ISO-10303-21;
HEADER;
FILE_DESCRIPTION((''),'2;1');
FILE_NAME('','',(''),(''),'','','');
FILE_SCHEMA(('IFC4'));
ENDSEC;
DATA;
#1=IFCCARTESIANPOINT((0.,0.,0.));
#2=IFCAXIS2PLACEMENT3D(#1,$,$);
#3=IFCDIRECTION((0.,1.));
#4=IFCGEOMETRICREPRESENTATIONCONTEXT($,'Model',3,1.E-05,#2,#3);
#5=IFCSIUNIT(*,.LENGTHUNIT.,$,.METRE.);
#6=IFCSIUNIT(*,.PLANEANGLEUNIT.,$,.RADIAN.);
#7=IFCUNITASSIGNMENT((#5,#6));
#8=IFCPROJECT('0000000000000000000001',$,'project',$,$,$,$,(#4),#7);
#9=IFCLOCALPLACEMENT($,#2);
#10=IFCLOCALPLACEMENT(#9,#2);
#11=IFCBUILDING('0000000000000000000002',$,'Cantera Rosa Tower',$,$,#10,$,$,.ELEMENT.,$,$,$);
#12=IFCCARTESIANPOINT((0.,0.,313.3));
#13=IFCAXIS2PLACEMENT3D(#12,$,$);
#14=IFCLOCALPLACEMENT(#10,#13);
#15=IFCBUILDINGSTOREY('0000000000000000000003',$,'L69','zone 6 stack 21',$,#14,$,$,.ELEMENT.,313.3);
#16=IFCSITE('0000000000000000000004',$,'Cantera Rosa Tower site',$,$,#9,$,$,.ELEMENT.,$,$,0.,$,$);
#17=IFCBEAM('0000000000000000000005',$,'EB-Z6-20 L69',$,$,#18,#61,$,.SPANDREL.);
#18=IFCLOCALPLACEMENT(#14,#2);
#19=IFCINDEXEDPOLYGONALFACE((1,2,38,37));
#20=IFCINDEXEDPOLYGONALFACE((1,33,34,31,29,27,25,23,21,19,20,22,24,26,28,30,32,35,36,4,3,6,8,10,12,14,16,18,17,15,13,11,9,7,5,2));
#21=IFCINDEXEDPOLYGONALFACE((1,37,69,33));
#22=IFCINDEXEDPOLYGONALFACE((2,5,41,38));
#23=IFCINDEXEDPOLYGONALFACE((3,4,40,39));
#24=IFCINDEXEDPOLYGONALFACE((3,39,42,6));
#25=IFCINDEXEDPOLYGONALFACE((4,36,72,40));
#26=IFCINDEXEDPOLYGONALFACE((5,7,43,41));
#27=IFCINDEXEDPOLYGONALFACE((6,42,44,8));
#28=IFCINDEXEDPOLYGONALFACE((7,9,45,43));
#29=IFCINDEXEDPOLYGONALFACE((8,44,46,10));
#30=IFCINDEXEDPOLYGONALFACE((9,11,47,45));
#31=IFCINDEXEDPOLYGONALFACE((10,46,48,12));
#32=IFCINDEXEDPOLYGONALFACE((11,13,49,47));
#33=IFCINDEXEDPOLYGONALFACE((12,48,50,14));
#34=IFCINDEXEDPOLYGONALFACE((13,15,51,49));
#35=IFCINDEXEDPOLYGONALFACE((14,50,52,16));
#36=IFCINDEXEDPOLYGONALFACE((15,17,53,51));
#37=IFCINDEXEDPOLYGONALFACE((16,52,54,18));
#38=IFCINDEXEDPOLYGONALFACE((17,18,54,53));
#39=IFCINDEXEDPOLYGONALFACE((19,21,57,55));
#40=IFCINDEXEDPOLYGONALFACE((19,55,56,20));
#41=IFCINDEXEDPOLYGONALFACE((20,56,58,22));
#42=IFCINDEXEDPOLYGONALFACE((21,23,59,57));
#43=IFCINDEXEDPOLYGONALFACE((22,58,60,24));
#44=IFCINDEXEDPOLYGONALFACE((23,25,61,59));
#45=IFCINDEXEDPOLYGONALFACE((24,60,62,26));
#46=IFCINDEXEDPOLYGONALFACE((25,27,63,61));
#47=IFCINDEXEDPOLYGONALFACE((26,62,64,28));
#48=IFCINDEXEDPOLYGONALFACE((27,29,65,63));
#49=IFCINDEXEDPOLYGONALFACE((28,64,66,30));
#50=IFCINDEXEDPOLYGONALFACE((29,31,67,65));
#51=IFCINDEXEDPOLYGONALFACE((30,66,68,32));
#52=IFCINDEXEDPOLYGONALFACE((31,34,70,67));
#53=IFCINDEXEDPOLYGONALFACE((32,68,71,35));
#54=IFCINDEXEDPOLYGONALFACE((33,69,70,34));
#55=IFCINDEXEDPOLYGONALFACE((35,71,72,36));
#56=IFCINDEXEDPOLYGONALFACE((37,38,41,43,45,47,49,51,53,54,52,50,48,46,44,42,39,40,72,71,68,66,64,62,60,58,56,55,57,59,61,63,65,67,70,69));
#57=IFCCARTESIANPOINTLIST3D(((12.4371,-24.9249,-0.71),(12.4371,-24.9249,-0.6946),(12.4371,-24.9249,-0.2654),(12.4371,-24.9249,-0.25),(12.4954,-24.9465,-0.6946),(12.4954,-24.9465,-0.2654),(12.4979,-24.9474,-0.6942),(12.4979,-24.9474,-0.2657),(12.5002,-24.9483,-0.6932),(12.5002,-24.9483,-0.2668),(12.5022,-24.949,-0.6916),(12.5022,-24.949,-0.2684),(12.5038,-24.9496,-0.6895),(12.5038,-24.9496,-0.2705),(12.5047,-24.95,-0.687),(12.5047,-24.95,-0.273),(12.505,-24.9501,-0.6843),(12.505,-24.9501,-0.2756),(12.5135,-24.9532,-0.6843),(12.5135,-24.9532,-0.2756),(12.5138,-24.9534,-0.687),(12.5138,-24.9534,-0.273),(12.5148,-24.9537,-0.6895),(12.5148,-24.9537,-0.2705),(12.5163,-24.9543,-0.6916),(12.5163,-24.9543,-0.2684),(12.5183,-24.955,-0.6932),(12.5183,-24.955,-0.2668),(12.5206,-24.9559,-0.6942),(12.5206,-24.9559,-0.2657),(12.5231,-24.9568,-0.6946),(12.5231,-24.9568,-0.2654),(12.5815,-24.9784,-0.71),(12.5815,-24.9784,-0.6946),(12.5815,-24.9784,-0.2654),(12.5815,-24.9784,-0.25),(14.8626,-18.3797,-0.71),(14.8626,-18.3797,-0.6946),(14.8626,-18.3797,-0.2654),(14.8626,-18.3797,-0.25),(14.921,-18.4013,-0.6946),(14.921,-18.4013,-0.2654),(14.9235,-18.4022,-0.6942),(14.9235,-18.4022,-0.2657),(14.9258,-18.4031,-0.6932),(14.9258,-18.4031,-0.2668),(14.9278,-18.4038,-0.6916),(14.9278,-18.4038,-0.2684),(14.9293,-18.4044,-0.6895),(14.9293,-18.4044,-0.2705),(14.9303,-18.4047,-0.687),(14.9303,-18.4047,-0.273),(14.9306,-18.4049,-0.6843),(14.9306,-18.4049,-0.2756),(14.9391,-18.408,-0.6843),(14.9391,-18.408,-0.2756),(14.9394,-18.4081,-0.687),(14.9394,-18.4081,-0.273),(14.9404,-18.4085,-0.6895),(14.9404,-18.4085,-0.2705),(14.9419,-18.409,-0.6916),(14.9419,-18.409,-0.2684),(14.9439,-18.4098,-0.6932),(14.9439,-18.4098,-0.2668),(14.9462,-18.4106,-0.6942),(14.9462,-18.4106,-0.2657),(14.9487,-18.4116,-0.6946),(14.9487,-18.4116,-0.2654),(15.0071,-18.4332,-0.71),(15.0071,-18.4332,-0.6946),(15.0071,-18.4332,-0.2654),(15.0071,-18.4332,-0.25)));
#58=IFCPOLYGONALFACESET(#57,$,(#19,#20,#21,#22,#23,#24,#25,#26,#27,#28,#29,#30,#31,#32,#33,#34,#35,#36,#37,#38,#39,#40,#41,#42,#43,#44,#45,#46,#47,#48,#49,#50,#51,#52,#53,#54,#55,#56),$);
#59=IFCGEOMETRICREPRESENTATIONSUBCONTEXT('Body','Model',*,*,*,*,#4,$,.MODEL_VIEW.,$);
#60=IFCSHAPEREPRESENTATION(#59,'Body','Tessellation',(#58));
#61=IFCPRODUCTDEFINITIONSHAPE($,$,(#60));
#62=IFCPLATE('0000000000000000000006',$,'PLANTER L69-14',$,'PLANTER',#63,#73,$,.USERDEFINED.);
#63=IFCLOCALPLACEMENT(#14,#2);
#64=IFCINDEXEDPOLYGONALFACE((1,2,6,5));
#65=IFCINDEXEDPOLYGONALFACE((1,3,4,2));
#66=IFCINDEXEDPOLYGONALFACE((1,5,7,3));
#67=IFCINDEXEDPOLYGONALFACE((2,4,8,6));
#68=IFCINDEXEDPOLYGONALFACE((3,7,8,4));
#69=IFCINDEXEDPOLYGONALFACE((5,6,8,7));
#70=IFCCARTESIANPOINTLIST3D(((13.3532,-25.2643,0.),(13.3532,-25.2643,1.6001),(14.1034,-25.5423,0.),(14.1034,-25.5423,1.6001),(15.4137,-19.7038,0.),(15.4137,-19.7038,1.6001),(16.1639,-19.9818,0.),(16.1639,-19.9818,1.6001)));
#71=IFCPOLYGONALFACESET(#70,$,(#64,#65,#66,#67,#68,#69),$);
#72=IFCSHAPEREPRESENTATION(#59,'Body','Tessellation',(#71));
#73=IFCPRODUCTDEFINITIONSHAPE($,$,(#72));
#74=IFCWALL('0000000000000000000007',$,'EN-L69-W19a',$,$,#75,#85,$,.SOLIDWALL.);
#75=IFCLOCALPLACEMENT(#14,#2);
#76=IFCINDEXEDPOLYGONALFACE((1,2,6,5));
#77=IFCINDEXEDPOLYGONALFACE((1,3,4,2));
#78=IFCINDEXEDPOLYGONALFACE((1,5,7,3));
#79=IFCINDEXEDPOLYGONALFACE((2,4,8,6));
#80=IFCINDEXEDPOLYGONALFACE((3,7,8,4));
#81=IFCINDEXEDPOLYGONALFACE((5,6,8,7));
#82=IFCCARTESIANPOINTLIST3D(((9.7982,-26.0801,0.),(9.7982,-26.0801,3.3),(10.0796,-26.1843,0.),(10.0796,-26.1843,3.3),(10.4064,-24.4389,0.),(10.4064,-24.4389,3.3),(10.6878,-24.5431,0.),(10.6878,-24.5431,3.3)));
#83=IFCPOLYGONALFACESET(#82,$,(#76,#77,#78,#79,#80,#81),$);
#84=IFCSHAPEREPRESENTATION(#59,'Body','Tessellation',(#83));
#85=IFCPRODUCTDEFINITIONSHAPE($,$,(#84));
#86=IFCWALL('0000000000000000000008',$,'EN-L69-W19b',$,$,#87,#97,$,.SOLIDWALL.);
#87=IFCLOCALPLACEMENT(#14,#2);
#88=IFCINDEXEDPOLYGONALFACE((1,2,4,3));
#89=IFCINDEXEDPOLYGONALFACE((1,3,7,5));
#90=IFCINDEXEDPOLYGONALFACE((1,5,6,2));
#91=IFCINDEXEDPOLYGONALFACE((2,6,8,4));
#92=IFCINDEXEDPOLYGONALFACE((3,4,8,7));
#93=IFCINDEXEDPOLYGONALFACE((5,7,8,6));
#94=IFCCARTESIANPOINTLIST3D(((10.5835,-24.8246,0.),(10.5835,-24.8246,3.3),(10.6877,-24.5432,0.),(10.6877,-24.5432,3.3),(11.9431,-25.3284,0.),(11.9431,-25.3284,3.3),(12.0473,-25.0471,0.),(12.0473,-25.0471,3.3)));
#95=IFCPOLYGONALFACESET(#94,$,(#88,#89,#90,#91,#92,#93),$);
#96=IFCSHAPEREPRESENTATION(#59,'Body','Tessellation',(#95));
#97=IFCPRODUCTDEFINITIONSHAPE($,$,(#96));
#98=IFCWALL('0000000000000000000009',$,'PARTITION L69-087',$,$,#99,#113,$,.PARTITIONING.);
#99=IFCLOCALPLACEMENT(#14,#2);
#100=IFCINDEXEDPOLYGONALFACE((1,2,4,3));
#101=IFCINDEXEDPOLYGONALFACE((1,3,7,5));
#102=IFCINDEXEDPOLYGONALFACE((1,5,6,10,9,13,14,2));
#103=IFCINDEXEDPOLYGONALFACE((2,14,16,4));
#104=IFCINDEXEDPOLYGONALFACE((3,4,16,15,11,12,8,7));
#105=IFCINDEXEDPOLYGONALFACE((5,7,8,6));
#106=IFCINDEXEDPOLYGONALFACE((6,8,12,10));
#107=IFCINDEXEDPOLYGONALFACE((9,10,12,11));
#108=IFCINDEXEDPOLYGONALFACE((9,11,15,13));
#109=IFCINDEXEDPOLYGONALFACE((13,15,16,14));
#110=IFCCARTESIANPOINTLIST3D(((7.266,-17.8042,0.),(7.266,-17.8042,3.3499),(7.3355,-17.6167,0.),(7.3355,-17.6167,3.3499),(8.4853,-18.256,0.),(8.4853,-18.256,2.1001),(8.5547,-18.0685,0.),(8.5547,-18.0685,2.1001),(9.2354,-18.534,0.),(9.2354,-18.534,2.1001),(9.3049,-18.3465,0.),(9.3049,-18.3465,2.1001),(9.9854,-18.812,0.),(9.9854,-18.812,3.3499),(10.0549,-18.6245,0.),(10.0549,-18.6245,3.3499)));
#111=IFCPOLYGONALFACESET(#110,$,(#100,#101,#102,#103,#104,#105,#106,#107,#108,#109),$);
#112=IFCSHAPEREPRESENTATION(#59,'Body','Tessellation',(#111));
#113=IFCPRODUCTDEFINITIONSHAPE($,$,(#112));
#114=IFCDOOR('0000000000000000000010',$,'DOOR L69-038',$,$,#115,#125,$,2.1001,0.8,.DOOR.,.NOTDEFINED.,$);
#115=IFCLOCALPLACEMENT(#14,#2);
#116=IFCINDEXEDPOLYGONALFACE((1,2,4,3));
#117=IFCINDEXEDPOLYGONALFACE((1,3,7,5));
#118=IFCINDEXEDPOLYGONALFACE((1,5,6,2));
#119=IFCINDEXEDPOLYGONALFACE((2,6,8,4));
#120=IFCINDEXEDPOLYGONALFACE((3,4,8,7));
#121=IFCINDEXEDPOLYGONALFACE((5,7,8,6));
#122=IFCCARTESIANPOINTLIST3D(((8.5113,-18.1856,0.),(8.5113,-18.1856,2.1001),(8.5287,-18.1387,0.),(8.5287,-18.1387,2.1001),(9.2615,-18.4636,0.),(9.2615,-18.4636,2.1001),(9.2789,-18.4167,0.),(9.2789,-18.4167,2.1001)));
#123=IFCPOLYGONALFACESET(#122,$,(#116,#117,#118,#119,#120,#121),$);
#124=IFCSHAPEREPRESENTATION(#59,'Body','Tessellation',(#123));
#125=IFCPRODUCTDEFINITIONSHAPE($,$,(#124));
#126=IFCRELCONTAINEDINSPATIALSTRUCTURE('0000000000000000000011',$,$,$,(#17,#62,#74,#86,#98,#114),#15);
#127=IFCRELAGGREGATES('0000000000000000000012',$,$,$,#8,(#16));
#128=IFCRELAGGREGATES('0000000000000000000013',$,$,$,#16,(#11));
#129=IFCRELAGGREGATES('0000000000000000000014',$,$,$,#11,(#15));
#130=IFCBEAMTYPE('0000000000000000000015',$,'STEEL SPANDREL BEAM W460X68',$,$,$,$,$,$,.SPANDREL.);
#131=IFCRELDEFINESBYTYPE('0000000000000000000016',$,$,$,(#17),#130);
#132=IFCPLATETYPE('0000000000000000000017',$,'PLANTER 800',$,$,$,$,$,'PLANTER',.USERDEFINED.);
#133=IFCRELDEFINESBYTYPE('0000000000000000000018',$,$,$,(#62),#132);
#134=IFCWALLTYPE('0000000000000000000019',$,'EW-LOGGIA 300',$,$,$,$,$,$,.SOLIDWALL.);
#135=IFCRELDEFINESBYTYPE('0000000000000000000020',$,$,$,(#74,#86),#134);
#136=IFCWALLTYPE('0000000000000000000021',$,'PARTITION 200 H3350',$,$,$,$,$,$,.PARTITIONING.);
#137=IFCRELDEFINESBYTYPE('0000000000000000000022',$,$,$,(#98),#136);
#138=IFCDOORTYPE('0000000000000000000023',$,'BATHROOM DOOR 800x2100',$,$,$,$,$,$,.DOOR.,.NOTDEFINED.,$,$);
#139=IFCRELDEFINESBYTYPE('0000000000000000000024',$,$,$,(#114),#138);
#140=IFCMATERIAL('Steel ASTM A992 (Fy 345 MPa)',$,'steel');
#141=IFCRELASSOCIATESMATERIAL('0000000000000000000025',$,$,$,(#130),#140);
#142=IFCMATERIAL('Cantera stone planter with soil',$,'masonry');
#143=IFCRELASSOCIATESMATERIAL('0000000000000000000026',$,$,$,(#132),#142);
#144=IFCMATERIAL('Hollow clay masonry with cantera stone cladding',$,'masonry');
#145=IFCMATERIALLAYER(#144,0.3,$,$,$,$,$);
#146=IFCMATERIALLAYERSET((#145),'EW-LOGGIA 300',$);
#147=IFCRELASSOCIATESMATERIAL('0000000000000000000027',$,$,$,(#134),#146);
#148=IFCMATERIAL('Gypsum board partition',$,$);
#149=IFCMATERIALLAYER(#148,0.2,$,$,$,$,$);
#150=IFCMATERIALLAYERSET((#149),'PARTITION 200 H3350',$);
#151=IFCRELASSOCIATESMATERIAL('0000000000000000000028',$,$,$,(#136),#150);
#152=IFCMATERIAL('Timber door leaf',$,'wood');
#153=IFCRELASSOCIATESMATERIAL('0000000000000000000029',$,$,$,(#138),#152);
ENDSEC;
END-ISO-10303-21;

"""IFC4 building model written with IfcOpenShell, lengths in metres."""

from ifc_helpers import new_model, si_unit, direction, frame, frame_2d, origin, origin_2d, place, context, subcontext, project, spatial, rectangle, i_section, extrude, material, layer, layer_set, material_profile, profile_set, type_object, element, fill, save


model = new_model("IFC4")

# Units and contexts
model_context = context("Model", 3, precision=1e-05, world=origin(), true_north=direction((0.0, 1.0)))
body_context = subcontext(model_context, "Body", "Model", "MODEL_VIEW")
ifc_project = project(units=[si_unit("LENGTHUNIT", "METRE"), si_unit("PLANEANGLEUNIT", "RADIAN")], contexts=[model_context])

# Site, building, storey
site_placement = place(None, origin())
site = spatial("IfcSite", under=ifc_project, at=site_placement, Name="Cantera Rosa Tower site", CompositionType="ELEMENT", RefElevation=0.0)
building_placement = place(site_placement, origin())
building = spatial("IfcBuilding", under=site, at=building_placement, Name="Cantera Rosa Tower", CompositionType="ELEMENT")
storey_placement = place(building_placement, frame((0.0, 0.0, 313.3)))
storey = spatial("IfcBuildingStorey", under=building, at=storey_placement, Name="L69", Description="zone 6 stack 21", CompositionType="ELEMENT", Elevation=313.3)

# Beam
ifc_material_1 = material(Name="Steel ASTM A992 (Fy 345 MPa)", Category="steel")
ifc_material_profile_1 = material_profile(ifc_material_1, i_section(OverallWidth=0.1541, OverallDepth=0.46, WebThickness=0.009, FlangeThickness=0.0154, FilletRadius=0.0103, at=origin_2d()), Name="W460X68")
ifc_profile_set_1 = profile_set([ifc_material_profile_1], Name="Steel ASTM A992 (Fy 345 MPa)")
beam_type_1 = type_object("IfcBeamType", Name="STEEL SPANDREL BEAM W460X68", PredefinedType="SPANDREL", material=ifc_profile_set_1)
beam_1_placement = place(storey_placement, frame((12.5093, -24.9517, -0.48), z_axis=(0.347491, 0.937683, 0.0), x_axis=(-0.937683, 0.347491, 0.0)))
element("IfcBeam", 1, at=beam_1_placement, inside=storey, type_object=beam_type_1, Name="EB-Z6-20 L69", PredefinedType="SPANDREL", context=body_context, shape_type="SweptSolid", body=[
    extrude(i_section(OverallWidth=0.1541, OverallDepth=0.46, WebThickness=0.009, FlangeThickness=0.0154, FilletRadius=0.0103, at=origin_2d()), origin(), (0.0, 0.0, 1.0), 6.9802),
])

# Plate
ifc_material_2 = material(Name="Cantera stone planter with soil", Category="masonry")
plate_type = type_object("IfcPlateType", Name="PLANTER 800", ElementType="PLANTER", PredefinedType="USERDEFINED", material=ifc_material_2)
plate_placement = place(storey_placement, frame((14.7585, -22.623, 0.0), z_axis=(0.0, 0.0, 1.0), x_axis=(0.347481, 0.937687, 0.0)))
element("IfcPlate", 2, at=plate_placement, inside=storey, type_object=plate_type, Name="PLANTER L69-14", ObjectType="PLANTER", PredefinedType="USERDEFINED", context=body_context, shape_type="SweptSolid", body=[
    extrude(rectangle(XDim=5.9299, YDim=0.8, at=origin_2d()), origin(), (0.0, 0.0, 1.0), 1.6001),
])

# Walls
ifc_material_3 = material(Name="Hollow clay masonry with cantera stone cladding", Category="masonry")
ifc_layer_1 = layer(ifc_material_3, 0.3)
ifc_layer_set_1 = layer_set([ifc_layer_1], Name="EW-LOGGIA 300")
wall_type_1 = type_object("IfcWallType", Name="EW-LOGGIA 300", PredefinedType="SOLIDWALL", material=ifc_layer_set_1)
wall_1_placement = place(storey_placement, frame((9.939, -26.1321, 0.0), z_axis=(0.0, 0.0, 1.0), x_axis=(0.347482, 0.937686, 0.0)))
element("IfcWall", 3, at=wall_1_placement, inside=storey, type_object=wall_type_1, Name="EN-L69-W19a", PredefinedType="SOLIDWALL", context=body_context, shape_type="SweptSolid", body=[
    extrude(rectangle(XDim=1.7502, YDim=0.3, at=frame_2d((0.875, 0.0))), origin(), (0.0, 0.0, 1.0), 3.3),
])
wall_2_placement = place(storey_placement, frame((10.6355, -24.6838, 0.0), z_axis=(0.0, 0.0, 1.0), x_axis=(0.937672, -0.347523, 0.0)))
element("IfcWall", 4, at=wall_2_placement, inside=storey, type_object=wall_type_1, Name="EN-L69-W19b", PredefinedType="SOLIDWALL", context=body_context, shape_type="SweptSolid", body=[
    extrude(rectangle(XDim=1.45, YDim=0.3, at=frame_2d((0.7251, 0.0))), origin(), (0.0, 0.0, 1.0), 3.3),
])

# Wall, opening, door
ifc_material_4 = material(Name="Gypsum board partition")
ifc_layer_2 = layer(ifc_material_4, 0.2)
ifc_layer_set_2 = layer_set([ifc_layer_2], Name="PARTITION 200 H3350")
wall_type_2 = type_object("IfcWallType", Name="PARTITION 200 H3350", PredefinedType="PARTITIONING", material=ifc_layer_set_2)
wall_3_placement = place(storey_placement, frame((10.0203, -18.7183, 0.0), z_axis=(0.0, 0.0, 1.0), x_axis=(-0.937682, 0.347495, 0.0)))
wall_3 = element("IfcWall", 5, at=wall_3_placement, inside=storey, type_object=wall_type_2, Name="PARTITION L69-087", PredefinedType="PARTITIONING", context=body_context, shape_type="SweptSolid", body=[
    extrude(rectangle(XDim=2.9001, YDim=0.2, at=frame_2d((1.4502, 0.0))), origin(), (0.0, 0.0, 1.0), 3.3499),
])
opening_1_placement = place(wall_3_placement, frame((0.8, 0.0, 0.0)))
opening_1 = element("IfcOpeningElement", 6, at=opening_1_placement, cuts=wall_3, PredefinedType="OPENING", context=body_context, shape_type="SweptSolid", body=[
    extrude(rectangle(XDim=0.8, YDim=2.1001, at=frame_2d((0.3999, 1.05))), frame((0.0, 0.1099, 0.0), z_axis=(0.0, -1.0, 0.0), x_axis=(1.0, 0.0, 0.0)), (0.0, 0.0, 1.0), 0.22),
])
ifc_material_5 = material(Name="Timber door leaf", Category="wood")
door_type_1 = type_object("IfcDoorType", Name="BATHROOM DOOR 800x2100", OperationType="NOTDEFINED", PredefinedType="DOOR", material=ifc_material_5)
door_1_placement = place(opening_1_placement, origin())
door_1 = element("IfcDoor", 7, at=door_1_placement, inside=storey, type_object=door_type_1, Name="DOOR L69-038", OperationType="NOTDEFINED", OverallHeight=2.1001, OverallWidth=0.8, PredefinedType="DOOR", context=body_context, shape_type="SweptSolid", body=[
    extrude(rectangle(XDim=0.8, YDim=2.1001, at=frame_2d((0.3999, 1.05))), frame((0.0, 0.0249, 0.0), z_axis=(0.0, -1.0, 0.0), x_axis=(1.0, 0.0, 0.0)), (0.0, 0.0, 1.0), 0.05),
])
fill(opening_1, door_1)

save(model, "model.ifc")
